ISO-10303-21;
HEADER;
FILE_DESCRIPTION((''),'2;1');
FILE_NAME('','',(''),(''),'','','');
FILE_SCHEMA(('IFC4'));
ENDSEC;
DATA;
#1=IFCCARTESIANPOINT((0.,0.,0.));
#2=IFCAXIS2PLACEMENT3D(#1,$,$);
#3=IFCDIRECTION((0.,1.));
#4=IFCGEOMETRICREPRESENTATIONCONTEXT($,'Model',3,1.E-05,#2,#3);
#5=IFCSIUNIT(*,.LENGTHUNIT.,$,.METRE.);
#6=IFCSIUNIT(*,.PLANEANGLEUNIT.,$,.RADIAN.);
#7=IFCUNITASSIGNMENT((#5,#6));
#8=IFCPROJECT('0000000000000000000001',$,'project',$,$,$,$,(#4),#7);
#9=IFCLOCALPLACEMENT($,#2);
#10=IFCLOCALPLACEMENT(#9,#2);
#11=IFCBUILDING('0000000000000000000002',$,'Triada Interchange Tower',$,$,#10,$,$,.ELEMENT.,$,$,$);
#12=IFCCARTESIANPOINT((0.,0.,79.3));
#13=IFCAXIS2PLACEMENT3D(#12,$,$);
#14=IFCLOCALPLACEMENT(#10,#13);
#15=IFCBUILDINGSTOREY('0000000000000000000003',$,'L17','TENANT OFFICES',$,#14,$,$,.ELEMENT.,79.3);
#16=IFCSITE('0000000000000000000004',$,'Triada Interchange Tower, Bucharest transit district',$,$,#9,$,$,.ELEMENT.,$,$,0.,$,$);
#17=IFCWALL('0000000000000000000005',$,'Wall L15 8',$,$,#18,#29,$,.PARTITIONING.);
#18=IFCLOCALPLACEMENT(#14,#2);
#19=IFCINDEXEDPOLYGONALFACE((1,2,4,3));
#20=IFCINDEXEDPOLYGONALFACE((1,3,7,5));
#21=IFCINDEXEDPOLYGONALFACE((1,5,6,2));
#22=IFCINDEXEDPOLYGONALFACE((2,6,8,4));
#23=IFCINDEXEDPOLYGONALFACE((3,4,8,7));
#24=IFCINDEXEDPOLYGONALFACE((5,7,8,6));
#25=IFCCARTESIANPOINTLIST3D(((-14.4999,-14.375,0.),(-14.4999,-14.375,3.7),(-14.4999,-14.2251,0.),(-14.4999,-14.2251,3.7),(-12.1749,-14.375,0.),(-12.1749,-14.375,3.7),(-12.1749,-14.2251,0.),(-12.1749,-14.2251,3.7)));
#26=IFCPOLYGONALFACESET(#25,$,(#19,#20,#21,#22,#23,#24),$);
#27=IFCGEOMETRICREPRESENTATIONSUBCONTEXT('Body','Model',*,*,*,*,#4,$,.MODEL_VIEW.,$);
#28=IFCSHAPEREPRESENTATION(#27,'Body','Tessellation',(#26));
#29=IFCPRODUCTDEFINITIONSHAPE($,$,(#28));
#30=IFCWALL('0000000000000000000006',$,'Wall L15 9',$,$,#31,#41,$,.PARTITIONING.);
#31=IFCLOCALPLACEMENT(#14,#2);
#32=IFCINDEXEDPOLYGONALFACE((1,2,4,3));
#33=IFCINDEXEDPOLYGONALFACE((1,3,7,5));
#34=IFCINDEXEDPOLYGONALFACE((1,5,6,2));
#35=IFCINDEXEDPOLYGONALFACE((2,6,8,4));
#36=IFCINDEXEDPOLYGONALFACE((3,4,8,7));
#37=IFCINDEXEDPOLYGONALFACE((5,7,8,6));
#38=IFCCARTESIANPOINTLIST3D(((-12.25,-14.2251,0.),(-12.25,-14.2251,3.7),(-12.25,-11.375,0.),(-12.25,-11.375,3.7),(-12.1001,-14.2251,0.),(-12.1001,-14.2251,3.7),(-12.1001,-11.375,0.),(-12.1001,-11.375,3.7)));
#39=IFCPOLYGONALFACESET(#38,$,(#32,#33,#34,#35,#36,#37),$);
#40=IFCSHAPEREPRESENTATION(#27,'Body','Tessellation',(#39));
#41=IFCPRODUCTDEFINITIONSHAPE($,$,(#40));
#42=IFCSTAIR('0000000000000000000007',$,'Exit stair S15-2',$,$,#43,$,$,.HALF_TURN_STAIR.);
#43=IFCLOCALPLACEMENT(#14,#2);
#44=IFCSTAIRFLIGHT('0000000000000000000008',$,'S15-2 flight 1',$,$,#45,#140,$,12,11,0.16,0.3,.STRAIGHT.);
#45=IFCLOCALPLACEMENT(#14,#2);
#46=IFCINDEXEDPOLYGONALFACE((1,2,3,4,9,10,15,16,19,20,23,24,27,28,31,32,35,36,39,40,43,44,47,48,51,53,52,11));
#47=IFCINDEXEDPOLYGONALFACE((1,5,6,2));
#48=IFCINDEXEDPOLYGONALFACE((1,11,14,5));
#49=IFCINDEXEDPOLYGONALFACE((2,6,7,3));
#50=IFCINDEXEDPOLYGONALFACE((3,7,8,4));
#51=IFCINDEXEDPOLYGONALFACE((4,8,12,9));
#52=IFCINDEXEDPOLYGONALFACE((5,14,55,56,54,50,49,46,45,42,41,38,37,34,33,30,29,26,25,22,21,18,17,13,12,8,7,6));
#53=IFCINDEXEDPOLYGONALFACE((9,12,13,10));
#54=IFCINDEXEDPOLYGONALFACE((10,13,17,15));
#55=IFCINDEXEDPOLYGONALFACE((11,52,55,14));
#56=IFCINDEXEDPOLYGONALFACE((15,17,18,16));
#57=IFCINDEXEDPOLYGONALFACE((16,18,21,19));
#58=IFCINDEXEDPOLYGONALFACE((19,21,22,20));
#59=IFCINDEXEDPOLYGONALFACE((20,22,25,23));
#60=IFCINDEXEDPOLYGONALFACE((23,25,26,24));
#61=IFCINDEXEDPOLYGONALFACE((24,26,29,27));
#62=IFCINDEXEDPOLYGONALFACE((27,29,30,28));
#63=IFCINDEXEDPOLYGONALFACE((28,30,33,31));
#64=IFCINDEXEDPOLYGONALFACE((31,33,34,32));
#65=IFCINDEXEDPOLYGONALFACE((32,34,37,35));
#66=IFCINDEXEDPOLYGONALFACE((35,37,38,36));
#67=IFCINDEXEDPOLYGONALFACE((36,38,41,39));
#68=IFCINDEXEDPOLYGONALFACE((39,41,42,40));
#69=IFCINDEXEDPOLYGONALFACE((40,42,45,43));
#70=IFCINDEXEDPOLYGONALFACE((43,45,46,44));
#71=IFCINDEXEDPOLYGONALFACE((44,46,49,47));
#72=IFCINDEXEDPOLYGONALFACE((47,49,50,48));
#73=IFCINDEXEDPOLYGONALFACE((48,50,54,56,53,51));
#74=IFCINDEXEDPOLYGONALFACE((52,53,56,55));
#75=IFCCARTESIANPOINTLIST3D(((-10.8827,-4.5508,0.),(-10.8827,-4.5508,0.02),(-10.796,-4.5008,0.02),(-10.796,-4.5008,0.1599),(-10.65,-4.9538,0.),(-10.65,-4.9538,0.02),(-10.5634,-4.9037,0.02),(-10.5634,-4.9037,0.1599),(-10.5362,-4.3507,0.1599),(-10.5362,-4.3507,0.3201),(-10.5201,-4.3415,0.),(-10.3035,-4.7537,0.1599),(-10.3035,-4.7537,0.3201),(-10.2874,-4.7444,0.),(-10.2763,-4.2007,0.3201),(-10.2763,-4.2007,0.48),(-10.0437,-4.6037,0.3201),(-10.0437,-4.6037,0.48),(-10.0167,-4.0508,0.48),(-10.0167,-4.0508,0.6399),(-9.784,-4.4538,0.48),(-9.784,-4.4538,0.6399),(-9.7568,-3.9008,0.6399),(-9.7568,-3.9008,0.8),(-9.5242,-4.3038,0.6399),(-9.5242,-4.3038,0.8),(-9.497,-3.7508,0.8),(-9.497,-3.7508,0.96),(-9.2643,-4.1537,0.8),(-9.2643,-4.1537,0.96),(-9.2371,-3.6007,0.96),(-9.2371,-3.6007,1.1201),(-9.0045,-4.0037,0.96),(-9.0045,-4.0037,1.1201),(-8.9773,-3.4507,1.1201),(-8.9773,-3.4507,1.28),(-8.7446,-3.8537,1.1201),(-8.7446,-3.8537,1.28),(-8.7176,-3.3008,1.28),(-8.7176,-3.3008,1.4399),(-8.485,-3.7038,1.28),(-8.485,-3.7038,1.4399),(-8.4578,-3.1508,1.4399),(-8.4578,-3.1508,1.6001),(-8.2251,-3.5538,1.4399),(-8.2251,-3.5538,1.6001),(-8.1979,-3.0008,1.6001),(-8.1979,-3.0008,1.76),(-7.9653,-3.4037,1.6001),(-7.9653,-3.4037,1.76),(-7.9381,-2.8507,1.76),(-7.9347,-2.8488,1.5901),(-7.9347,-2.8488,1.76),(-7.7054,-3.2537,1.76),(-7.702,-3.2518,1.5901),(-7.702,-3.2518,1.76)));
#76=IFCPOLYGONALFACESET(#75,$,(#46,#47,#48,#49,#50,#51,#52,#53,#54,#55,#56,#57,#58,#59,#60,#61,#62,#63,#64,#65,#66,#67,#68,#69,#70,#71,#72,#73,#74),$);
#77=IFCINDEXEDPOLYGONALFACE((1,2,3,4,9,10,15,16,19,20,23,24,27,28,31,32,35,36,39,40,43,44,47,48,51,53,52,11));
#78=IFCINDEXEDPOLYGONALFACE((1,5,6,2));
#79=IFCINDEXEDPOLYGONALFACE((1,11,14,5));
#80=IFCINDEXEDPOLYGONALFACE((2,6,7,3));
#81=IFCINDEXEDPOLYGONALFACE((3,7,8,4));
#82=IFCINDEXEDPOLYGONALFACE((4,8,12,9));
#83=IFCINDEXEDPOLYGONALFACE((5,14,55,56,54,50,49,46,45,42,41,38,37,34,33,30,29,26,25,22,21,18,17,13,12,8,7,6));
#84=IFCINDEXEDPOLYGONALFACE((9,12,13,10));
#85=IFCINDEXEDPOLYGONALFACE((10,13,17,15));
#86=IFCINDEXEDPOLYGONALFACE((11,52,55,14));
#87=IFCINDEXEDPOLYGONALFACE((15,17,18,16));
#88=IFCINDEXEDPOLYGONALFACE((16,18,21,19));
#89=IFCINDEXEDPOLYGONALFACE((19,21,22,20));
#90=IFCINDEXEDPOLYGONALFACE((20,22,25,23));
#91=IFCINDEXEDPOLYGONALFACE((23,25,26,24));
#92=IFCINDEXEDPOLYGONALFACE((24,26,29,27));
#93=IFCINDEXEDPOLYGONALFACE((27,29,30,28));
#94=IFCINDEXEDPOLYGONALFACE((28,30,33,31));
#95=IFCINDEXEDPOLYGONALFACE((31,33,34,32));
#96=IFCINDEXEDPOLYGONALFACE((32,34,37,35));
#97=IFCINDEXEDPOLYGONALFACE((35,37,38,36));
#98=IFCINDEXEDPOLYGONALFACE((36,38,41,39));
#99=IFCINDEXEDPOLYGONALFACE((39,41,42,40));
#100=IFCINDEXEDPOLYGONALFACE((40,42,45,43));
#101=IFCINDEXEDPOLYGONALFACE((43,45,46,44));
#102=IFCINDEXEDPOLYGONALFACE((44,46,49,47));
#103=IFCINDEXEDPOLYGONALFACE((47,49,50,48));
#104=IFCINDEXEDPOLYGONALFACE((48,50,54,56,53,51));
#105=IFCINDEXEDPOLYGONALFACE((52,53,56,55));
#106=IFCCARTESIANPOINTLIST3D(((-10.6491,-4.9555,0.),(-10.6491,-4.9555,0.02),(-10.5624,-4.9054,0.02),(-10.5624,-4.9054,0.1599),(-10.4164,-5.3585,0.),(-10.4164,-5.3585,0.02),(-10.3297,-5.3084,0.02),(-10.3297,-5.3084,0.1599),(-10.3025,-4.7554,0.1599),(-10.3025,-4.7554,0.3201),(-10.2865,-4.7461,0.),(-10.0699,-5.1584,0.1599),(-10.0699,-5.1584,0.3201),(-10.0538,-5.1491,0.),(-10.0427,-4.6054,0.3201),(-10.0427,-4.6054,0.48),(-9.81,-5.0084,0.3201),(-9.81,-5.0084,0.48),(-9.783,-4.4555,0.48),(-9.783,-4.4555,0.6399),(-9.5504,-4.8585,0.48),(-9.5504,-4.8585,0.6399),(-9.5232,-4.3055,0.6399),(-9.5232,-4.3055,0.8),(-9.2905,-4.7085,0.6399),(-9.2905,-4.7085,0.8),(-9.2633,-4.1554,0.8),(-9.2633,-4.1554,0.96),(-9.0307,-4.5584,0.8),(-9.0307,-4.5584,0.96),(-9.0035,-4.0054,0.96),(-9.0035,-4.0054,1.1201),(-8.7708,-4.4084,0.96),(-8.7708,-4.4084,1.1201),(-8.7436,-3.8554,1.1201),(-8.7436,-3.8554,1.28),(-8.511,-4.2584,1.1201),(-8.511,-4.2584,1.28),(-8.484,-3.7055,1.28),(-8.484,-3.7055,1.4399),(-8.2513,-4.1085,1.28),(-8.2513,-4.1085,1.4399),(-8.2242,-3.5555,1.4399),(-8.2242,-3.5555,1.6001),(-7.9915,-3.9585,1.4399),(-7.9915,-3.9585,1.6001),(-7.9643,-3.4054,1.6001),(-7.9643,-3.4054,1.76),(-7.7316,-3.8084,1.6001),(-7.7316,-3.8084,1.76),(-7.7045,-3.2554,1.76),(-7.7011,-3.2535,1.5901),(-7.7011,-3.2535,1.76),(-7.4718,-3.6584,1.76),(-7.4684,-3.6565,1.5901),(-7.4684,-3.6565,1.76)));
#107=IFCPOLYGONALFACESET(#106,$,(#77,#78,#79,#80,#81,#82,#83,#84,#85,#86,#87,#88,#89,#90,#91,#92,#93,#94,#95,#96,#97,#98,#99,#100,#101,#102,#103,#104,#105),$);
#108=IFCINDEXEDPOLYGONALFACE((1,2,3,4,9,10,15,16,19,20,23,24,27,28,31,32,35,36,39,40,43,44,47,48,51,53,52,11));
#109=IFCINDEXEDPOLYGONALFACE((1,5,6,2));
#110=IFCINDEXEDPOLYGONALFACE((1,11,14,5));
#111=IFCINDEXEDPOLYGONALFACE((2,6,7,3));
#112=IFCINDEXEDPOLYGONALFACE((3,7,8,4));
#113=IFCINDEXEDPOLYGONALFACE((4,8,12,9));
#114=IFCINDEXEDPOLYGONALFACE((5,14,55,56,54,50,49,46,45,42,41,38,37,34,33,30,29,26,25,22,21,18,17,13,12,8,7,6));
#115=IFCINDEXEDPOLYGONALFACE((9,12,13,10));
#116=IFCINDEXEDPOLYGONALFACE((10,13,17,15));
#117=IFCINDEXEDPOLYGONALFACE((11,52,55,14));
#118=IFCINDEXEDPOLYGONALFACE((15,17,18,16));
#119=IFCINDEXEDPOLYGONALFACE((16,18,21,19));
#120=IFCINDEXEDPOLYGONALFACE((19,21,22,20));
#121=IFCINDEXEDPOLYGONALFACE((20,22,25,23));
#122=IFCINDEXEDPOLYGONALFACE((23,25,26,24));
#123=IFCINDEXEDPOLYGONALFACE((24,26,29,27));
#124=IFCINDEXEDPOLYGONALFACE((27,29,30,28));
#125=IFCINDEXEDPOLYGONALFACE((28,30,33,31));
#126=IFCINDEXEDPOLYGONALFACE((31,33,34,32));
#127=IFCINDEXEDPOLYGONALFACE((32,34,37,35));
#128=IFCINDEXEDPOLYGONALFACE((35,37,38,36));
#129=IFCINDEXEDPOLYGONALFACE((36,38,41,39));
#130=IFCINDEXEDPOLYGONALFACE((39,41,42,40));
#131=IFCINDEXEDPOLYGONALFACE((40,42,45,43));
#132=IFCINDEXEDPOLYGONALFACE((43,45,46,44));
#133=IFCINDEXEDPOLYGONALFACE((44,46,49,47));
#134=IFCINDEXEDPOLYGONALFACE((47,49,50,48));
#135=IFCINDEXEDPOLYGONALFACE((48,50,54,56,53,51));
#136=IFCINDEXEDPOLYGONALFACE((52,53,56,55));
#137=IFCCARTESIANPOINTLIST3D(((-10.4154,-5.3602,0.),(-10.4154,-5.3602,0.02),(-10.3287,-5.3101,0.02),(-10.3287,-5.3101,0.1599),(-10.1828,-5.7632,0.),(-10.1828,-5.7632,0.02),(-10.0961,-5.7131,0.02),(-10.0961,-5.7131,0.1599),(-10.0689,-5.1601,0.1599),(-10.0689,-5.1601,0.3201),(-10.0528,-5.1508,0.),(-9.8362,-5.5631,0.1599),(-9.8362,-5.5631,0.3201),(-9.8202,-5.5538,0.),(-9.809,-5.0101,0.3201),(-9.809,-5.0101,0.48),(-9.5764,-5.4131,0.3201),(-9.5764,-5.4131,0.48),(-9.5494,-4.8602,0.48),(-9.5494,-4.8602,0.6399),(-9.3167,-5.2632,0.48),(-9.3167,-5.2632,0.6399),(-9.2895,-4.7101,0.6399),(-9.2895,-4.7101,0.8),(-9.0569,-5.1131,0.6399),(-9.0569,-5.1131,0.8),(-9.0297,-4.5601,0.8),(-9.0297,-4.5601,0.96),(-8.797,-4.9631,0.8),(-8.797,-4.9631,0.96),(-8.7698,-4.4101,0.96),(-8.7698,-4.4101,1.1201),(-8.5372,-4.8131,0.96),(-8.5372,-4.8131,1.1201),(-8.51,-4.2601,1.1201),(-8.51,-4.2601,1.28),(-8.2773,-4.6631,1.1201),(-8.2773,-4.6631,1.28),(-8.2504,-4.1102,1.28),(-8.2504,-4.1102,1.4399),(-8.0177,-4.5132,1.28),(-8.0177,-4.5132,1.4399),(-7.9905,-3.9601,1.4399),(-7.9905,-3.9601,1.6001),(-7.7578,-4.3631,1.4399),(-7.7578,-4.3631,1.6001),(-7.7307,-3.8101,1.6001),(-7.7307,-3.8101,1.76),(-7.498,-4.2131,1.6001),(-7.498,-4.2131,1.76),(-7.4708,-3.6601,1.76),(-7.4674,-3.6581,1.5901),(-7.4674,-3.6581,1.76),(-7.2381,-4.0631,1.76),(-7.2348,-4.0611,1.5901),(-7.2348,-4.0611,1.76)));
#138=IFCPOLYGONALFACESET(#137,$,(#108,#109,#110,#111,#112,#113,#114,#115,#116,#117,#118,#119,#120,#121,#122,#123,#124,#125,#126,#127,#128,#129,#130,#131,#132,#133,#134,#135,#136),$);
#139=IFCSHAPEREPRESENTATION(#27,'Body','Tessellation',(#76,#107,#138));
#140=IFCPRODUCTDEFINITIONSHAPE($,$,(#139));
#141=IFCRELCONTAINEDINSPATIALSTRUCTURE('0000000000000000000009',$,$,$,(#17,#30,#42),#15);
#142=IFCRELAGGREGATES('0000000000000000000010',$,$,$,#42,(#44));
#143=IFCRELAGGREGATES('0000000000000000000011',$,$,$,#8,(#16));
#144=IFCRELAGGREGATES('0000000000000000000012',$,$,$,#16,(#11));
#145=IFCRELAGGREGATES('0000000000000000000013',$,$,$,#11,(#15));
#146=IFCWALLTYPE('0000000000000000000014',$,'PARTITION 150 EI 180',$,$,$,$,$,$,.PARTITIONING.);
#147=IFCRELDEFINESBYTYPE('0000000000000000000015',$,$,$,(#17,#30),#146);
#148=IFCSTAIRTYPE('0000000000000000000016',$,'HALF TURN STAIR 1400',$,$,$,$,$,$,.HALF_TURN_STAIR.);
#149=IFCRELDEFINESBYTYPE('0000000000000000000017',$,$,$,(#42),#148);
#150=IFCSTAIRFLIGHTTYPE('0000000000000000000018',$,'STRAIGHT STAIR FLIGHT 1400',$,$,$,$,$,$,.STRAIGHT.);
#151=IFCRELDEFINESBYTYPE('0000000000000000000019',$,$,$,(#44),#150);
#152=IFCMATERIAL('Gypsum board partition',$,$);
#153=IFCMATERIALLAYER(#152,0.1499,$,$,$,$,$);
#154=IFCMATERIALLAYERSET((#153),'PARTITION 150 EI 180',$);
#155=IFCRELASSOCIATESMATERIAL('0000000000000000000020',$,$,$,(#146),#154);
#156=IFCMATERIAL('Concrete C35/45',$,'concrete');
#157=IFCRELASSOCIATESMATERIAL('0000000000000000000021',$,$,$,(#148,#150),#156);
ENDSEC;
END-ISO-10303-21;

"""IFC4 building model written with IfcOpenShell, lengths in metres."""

from ifc_helpers import new_model, si_unit, direction, frame, frame_2d, origin, place, context, subcontext, project, spatial, polyline, rectangle, outline, extrude, material, layer, layer_set, type_object, element, aggregate, save


model = new_model("IFC4")

# Units and contexts
model_context = context("Model", 3, precision=1e-05, world=origin(), true_north=direction((0.0, 1.0)))
body_context = subcontext(model_context, "Body", "Model", "MODEL_VIEW")
ifc_project = project(units=[si_unit("LENGTHUNIT", "METRE"), si_unit("PLANEANGLEUNIT", "RADIAN")], contexts=[model_context])

# Site, building, storey
site_placement = place(None, origin())
site = spatial("IfcSite", under=ifc_project, at=site_placement, Name="Triada Interchange Tower, Bucharest transit district", CompositionType="ELEMENT", RefElevation=0.0)
building_placement = place(site_placement, origin())
building = spatial("IfcBuilding", under=site, at=building_placement, Name="Triada Interchange Tower", CompositionType="ELEMENT")
storey_placement = place(building_placement, frame((0.0, 0.0, 79.3)))
storey = spatial("IfcBuildingStorey", under=building, at=storey_placement, Name="L17", Description="TENANT OFFICES", CompositionType="ELEMENT", Elevation=79.3)

# Walls
ifc_material_1 = material(Name="Gypsum board partition")
ifc_layer_1 = layer(ifc_material_1, 0.1499)
ifc_layer_set_1 = layer_set([ifc_layer_1], Name="PARTITION 150 EI 180")
wall_type_1 = type_object("IfcWallType", Name="PARTITION 150 EI 180", PredefinedType="PARTITIONING", material=ifc_layer_set_1)
wall_1_placement = place(storey_placement, frame((-14.5, -14.3, 0.0), z_axis=(0.0, 0.0, 1.0), x_axis=(1.0, 0.0, 0.0)))
element("IfcWall", 1, at=wall_1_placement, inside=storey, type_object=wall_type_1, Name="Wall L15 8", PredefinedType="PARTITIONING", context=body_context, shape_type="SweptSolid", body=[
    extrude(rectangle(XDim=2.325, YDim=0.1499, at=frame_2d((1.1626, 0.0))), origin(), (0.0, 0.0, 1.0), 3.7),
])
wall_2_placement = place(storey_placement, frame((-12.175, -14.2251, 0.0), z_axis=(0.0, 0.0, 1.0), x_axis=(0.0, 1.0, 0.0)))
element("IfcWall", 2, at=wall_2_placement, inside=storey, type_object=wall_type_1, Name="Wall L15 9", PredefinedType="PARTITIONING", context=body_context, shape_type="SweptSolid", body=[
    extrude(rectangle(XDim=2.8501, YDim=0.1499, at=frame_2d((1.425, 0.0))), origin(), (0.0, 0.0, 1.0), 3.7),
])

# Stair, stair flight
ifc_material_2 = material(Name="Concrete C35/45", Category="concrete")
stair_type = type_object("IfcStairType", Name="HALF TURN STAIR 1400", PredefinedType="HALF_TURN_STAIR", material=ifc_material_2)
stair_placement = place(storey_placement, origin())
stair = element("IfcStair", 3, at=stair_placement, inside=storey, type_object=stair_type, Name="Exit stair S15-2", PredefinedType="HALF_TURN_STAIR")
stair_flight_type = type_object("IfcStairFlightType", Name="STRAIGHT STAIR FLIGHT 1400", PredefinedType="STRAIGHT", material=ifc_material_2)
stair_flight_1_placement = place(storey_placement, frame((-10.446, -5.1069, 0.0), z_axis=(0.0, 0.0, 1.0), x_axis=(0.866025, 0.5, 0.0)))
stair_flight_1 = element("IfcStairFlight", 4, at=stair_flight_1_placement, type_object=stair_flight_type, Name="S15-2 flight 1", NumberOfRisers=12, NumberOfTreads=11, PredefinedType="STRAIGHT", RiserHeight=0.16, TreadLength=0.3, context=body_context, shape_type="SweptSolid", body=[
    extrude(outline(polyline([(-0.1001, 0.0), (-0.1001, 0.02), (0.0, 0.02), (0.0, 0.1599), (0.3, 0.1599), (0.3, 0.3201), (0.6001, 0.3201), (0.6001, 0.48), (0.8999, 0.48), (0.8999, 0.6399), (1.2, 0.6399), (1.2, 0.8), (1.5, 0.8), (1.5, 0.96), (1.8, 0.96), (1.8, 1.1201), (2.1001, 1.1201), (2.1001, 1.28), (2.3999, 1.28), (2.3999, 1.4399), (2.7, 1.4399), (2.7, 1.6001), (3.0, 1.6001), (3.0, 1.76), (3.3, 1.76), (3.304, 1.76), (3.304, 1.9199), (3.304, 1.5901), (0.3186, 0.0), (-0.1001, 0.0)])), frame((0.0, 0.7, 0.0), z_axis=(0.0, -1.0, 0.0), x_axis=(1.0, 0.0, 0.0)), (0.0, 0.0, 1.0), 0.4653),
    extrude(outline(polyline([(-0.1001, 0.0), (-0.1001, 0.02), (0.0, 0.02), (0.0, 0.1599), (0.3, 0.1599), (0.3, 0.3201), (0.6001, 0.3201), (0.6001, 0.48), (0.8999, 0.48), (0.8999, 0.6399), (1.2, 0.6399), (1.2, 0.8), (1.5, 0.8), (1.5, 0.96), (1.8, 0.96), (1.8, 1.1201), (2.1001, 1.1201), (2.1001, 1.28), (2.3999, 1.28), (2.3999, 1.4399), (2.7, 1.4399), (2.7, 1.6001), (3.0, 1.6001), (3.0, 1.76), (3.3, 1.76), (3.304, 1.76), (3.304, 1.9199), (3.304, 1.5901), (0.3186, 0.0), (-0.1001, 0.0)])), frame((0.0, 0.2327, 0.0), z_axis=(0.0, -1.0, 0.0), x_axis=(1.0, 0.0, 0.0)), (0.0, 0.0, 1.0), 0.4653),
    extrude(outline(polyline([(-0.1001, 0.0), (-0.1001, 0.02), (0.0, 0.02), (0.0, 0.1599), (0.3, 0.1599), (0.3, 0.3201), (0.6001, 0.3201), (0.6001, 0.48), (0.8999, 0.48), (0.8999, 0.6399), (1.2, 0.6399), (1.2, 0.8), (1.5, 0.8), (1.5, 0.96), (1.8, 0.96), (1.8, 1.1201), (2.1001, 1.1201), (2.1001, 1.28), (2.3999, 1.28), (2.3999, 1.4399), (2.7, 1.4399), (2.7, 1.6001), (3.0, 1.6001), (3.0, 1.76), (3.3, 1.76), (3.304, 1.76), (3.304, 1.9199), (3.304, 1.5901), (0.3186, 0.0), (-0.1001, 0.0)])), frame((0.0, -0.2346, 0.0), z_axis=(0.0, -1.0, 0.0), x_axis=(1.0, 0.0, 0.0)), (0.0, 0.0, 1.0), 0.4653),
])
aggregate(stair, [stair_flight_1])

save(model, "model.ifc")
